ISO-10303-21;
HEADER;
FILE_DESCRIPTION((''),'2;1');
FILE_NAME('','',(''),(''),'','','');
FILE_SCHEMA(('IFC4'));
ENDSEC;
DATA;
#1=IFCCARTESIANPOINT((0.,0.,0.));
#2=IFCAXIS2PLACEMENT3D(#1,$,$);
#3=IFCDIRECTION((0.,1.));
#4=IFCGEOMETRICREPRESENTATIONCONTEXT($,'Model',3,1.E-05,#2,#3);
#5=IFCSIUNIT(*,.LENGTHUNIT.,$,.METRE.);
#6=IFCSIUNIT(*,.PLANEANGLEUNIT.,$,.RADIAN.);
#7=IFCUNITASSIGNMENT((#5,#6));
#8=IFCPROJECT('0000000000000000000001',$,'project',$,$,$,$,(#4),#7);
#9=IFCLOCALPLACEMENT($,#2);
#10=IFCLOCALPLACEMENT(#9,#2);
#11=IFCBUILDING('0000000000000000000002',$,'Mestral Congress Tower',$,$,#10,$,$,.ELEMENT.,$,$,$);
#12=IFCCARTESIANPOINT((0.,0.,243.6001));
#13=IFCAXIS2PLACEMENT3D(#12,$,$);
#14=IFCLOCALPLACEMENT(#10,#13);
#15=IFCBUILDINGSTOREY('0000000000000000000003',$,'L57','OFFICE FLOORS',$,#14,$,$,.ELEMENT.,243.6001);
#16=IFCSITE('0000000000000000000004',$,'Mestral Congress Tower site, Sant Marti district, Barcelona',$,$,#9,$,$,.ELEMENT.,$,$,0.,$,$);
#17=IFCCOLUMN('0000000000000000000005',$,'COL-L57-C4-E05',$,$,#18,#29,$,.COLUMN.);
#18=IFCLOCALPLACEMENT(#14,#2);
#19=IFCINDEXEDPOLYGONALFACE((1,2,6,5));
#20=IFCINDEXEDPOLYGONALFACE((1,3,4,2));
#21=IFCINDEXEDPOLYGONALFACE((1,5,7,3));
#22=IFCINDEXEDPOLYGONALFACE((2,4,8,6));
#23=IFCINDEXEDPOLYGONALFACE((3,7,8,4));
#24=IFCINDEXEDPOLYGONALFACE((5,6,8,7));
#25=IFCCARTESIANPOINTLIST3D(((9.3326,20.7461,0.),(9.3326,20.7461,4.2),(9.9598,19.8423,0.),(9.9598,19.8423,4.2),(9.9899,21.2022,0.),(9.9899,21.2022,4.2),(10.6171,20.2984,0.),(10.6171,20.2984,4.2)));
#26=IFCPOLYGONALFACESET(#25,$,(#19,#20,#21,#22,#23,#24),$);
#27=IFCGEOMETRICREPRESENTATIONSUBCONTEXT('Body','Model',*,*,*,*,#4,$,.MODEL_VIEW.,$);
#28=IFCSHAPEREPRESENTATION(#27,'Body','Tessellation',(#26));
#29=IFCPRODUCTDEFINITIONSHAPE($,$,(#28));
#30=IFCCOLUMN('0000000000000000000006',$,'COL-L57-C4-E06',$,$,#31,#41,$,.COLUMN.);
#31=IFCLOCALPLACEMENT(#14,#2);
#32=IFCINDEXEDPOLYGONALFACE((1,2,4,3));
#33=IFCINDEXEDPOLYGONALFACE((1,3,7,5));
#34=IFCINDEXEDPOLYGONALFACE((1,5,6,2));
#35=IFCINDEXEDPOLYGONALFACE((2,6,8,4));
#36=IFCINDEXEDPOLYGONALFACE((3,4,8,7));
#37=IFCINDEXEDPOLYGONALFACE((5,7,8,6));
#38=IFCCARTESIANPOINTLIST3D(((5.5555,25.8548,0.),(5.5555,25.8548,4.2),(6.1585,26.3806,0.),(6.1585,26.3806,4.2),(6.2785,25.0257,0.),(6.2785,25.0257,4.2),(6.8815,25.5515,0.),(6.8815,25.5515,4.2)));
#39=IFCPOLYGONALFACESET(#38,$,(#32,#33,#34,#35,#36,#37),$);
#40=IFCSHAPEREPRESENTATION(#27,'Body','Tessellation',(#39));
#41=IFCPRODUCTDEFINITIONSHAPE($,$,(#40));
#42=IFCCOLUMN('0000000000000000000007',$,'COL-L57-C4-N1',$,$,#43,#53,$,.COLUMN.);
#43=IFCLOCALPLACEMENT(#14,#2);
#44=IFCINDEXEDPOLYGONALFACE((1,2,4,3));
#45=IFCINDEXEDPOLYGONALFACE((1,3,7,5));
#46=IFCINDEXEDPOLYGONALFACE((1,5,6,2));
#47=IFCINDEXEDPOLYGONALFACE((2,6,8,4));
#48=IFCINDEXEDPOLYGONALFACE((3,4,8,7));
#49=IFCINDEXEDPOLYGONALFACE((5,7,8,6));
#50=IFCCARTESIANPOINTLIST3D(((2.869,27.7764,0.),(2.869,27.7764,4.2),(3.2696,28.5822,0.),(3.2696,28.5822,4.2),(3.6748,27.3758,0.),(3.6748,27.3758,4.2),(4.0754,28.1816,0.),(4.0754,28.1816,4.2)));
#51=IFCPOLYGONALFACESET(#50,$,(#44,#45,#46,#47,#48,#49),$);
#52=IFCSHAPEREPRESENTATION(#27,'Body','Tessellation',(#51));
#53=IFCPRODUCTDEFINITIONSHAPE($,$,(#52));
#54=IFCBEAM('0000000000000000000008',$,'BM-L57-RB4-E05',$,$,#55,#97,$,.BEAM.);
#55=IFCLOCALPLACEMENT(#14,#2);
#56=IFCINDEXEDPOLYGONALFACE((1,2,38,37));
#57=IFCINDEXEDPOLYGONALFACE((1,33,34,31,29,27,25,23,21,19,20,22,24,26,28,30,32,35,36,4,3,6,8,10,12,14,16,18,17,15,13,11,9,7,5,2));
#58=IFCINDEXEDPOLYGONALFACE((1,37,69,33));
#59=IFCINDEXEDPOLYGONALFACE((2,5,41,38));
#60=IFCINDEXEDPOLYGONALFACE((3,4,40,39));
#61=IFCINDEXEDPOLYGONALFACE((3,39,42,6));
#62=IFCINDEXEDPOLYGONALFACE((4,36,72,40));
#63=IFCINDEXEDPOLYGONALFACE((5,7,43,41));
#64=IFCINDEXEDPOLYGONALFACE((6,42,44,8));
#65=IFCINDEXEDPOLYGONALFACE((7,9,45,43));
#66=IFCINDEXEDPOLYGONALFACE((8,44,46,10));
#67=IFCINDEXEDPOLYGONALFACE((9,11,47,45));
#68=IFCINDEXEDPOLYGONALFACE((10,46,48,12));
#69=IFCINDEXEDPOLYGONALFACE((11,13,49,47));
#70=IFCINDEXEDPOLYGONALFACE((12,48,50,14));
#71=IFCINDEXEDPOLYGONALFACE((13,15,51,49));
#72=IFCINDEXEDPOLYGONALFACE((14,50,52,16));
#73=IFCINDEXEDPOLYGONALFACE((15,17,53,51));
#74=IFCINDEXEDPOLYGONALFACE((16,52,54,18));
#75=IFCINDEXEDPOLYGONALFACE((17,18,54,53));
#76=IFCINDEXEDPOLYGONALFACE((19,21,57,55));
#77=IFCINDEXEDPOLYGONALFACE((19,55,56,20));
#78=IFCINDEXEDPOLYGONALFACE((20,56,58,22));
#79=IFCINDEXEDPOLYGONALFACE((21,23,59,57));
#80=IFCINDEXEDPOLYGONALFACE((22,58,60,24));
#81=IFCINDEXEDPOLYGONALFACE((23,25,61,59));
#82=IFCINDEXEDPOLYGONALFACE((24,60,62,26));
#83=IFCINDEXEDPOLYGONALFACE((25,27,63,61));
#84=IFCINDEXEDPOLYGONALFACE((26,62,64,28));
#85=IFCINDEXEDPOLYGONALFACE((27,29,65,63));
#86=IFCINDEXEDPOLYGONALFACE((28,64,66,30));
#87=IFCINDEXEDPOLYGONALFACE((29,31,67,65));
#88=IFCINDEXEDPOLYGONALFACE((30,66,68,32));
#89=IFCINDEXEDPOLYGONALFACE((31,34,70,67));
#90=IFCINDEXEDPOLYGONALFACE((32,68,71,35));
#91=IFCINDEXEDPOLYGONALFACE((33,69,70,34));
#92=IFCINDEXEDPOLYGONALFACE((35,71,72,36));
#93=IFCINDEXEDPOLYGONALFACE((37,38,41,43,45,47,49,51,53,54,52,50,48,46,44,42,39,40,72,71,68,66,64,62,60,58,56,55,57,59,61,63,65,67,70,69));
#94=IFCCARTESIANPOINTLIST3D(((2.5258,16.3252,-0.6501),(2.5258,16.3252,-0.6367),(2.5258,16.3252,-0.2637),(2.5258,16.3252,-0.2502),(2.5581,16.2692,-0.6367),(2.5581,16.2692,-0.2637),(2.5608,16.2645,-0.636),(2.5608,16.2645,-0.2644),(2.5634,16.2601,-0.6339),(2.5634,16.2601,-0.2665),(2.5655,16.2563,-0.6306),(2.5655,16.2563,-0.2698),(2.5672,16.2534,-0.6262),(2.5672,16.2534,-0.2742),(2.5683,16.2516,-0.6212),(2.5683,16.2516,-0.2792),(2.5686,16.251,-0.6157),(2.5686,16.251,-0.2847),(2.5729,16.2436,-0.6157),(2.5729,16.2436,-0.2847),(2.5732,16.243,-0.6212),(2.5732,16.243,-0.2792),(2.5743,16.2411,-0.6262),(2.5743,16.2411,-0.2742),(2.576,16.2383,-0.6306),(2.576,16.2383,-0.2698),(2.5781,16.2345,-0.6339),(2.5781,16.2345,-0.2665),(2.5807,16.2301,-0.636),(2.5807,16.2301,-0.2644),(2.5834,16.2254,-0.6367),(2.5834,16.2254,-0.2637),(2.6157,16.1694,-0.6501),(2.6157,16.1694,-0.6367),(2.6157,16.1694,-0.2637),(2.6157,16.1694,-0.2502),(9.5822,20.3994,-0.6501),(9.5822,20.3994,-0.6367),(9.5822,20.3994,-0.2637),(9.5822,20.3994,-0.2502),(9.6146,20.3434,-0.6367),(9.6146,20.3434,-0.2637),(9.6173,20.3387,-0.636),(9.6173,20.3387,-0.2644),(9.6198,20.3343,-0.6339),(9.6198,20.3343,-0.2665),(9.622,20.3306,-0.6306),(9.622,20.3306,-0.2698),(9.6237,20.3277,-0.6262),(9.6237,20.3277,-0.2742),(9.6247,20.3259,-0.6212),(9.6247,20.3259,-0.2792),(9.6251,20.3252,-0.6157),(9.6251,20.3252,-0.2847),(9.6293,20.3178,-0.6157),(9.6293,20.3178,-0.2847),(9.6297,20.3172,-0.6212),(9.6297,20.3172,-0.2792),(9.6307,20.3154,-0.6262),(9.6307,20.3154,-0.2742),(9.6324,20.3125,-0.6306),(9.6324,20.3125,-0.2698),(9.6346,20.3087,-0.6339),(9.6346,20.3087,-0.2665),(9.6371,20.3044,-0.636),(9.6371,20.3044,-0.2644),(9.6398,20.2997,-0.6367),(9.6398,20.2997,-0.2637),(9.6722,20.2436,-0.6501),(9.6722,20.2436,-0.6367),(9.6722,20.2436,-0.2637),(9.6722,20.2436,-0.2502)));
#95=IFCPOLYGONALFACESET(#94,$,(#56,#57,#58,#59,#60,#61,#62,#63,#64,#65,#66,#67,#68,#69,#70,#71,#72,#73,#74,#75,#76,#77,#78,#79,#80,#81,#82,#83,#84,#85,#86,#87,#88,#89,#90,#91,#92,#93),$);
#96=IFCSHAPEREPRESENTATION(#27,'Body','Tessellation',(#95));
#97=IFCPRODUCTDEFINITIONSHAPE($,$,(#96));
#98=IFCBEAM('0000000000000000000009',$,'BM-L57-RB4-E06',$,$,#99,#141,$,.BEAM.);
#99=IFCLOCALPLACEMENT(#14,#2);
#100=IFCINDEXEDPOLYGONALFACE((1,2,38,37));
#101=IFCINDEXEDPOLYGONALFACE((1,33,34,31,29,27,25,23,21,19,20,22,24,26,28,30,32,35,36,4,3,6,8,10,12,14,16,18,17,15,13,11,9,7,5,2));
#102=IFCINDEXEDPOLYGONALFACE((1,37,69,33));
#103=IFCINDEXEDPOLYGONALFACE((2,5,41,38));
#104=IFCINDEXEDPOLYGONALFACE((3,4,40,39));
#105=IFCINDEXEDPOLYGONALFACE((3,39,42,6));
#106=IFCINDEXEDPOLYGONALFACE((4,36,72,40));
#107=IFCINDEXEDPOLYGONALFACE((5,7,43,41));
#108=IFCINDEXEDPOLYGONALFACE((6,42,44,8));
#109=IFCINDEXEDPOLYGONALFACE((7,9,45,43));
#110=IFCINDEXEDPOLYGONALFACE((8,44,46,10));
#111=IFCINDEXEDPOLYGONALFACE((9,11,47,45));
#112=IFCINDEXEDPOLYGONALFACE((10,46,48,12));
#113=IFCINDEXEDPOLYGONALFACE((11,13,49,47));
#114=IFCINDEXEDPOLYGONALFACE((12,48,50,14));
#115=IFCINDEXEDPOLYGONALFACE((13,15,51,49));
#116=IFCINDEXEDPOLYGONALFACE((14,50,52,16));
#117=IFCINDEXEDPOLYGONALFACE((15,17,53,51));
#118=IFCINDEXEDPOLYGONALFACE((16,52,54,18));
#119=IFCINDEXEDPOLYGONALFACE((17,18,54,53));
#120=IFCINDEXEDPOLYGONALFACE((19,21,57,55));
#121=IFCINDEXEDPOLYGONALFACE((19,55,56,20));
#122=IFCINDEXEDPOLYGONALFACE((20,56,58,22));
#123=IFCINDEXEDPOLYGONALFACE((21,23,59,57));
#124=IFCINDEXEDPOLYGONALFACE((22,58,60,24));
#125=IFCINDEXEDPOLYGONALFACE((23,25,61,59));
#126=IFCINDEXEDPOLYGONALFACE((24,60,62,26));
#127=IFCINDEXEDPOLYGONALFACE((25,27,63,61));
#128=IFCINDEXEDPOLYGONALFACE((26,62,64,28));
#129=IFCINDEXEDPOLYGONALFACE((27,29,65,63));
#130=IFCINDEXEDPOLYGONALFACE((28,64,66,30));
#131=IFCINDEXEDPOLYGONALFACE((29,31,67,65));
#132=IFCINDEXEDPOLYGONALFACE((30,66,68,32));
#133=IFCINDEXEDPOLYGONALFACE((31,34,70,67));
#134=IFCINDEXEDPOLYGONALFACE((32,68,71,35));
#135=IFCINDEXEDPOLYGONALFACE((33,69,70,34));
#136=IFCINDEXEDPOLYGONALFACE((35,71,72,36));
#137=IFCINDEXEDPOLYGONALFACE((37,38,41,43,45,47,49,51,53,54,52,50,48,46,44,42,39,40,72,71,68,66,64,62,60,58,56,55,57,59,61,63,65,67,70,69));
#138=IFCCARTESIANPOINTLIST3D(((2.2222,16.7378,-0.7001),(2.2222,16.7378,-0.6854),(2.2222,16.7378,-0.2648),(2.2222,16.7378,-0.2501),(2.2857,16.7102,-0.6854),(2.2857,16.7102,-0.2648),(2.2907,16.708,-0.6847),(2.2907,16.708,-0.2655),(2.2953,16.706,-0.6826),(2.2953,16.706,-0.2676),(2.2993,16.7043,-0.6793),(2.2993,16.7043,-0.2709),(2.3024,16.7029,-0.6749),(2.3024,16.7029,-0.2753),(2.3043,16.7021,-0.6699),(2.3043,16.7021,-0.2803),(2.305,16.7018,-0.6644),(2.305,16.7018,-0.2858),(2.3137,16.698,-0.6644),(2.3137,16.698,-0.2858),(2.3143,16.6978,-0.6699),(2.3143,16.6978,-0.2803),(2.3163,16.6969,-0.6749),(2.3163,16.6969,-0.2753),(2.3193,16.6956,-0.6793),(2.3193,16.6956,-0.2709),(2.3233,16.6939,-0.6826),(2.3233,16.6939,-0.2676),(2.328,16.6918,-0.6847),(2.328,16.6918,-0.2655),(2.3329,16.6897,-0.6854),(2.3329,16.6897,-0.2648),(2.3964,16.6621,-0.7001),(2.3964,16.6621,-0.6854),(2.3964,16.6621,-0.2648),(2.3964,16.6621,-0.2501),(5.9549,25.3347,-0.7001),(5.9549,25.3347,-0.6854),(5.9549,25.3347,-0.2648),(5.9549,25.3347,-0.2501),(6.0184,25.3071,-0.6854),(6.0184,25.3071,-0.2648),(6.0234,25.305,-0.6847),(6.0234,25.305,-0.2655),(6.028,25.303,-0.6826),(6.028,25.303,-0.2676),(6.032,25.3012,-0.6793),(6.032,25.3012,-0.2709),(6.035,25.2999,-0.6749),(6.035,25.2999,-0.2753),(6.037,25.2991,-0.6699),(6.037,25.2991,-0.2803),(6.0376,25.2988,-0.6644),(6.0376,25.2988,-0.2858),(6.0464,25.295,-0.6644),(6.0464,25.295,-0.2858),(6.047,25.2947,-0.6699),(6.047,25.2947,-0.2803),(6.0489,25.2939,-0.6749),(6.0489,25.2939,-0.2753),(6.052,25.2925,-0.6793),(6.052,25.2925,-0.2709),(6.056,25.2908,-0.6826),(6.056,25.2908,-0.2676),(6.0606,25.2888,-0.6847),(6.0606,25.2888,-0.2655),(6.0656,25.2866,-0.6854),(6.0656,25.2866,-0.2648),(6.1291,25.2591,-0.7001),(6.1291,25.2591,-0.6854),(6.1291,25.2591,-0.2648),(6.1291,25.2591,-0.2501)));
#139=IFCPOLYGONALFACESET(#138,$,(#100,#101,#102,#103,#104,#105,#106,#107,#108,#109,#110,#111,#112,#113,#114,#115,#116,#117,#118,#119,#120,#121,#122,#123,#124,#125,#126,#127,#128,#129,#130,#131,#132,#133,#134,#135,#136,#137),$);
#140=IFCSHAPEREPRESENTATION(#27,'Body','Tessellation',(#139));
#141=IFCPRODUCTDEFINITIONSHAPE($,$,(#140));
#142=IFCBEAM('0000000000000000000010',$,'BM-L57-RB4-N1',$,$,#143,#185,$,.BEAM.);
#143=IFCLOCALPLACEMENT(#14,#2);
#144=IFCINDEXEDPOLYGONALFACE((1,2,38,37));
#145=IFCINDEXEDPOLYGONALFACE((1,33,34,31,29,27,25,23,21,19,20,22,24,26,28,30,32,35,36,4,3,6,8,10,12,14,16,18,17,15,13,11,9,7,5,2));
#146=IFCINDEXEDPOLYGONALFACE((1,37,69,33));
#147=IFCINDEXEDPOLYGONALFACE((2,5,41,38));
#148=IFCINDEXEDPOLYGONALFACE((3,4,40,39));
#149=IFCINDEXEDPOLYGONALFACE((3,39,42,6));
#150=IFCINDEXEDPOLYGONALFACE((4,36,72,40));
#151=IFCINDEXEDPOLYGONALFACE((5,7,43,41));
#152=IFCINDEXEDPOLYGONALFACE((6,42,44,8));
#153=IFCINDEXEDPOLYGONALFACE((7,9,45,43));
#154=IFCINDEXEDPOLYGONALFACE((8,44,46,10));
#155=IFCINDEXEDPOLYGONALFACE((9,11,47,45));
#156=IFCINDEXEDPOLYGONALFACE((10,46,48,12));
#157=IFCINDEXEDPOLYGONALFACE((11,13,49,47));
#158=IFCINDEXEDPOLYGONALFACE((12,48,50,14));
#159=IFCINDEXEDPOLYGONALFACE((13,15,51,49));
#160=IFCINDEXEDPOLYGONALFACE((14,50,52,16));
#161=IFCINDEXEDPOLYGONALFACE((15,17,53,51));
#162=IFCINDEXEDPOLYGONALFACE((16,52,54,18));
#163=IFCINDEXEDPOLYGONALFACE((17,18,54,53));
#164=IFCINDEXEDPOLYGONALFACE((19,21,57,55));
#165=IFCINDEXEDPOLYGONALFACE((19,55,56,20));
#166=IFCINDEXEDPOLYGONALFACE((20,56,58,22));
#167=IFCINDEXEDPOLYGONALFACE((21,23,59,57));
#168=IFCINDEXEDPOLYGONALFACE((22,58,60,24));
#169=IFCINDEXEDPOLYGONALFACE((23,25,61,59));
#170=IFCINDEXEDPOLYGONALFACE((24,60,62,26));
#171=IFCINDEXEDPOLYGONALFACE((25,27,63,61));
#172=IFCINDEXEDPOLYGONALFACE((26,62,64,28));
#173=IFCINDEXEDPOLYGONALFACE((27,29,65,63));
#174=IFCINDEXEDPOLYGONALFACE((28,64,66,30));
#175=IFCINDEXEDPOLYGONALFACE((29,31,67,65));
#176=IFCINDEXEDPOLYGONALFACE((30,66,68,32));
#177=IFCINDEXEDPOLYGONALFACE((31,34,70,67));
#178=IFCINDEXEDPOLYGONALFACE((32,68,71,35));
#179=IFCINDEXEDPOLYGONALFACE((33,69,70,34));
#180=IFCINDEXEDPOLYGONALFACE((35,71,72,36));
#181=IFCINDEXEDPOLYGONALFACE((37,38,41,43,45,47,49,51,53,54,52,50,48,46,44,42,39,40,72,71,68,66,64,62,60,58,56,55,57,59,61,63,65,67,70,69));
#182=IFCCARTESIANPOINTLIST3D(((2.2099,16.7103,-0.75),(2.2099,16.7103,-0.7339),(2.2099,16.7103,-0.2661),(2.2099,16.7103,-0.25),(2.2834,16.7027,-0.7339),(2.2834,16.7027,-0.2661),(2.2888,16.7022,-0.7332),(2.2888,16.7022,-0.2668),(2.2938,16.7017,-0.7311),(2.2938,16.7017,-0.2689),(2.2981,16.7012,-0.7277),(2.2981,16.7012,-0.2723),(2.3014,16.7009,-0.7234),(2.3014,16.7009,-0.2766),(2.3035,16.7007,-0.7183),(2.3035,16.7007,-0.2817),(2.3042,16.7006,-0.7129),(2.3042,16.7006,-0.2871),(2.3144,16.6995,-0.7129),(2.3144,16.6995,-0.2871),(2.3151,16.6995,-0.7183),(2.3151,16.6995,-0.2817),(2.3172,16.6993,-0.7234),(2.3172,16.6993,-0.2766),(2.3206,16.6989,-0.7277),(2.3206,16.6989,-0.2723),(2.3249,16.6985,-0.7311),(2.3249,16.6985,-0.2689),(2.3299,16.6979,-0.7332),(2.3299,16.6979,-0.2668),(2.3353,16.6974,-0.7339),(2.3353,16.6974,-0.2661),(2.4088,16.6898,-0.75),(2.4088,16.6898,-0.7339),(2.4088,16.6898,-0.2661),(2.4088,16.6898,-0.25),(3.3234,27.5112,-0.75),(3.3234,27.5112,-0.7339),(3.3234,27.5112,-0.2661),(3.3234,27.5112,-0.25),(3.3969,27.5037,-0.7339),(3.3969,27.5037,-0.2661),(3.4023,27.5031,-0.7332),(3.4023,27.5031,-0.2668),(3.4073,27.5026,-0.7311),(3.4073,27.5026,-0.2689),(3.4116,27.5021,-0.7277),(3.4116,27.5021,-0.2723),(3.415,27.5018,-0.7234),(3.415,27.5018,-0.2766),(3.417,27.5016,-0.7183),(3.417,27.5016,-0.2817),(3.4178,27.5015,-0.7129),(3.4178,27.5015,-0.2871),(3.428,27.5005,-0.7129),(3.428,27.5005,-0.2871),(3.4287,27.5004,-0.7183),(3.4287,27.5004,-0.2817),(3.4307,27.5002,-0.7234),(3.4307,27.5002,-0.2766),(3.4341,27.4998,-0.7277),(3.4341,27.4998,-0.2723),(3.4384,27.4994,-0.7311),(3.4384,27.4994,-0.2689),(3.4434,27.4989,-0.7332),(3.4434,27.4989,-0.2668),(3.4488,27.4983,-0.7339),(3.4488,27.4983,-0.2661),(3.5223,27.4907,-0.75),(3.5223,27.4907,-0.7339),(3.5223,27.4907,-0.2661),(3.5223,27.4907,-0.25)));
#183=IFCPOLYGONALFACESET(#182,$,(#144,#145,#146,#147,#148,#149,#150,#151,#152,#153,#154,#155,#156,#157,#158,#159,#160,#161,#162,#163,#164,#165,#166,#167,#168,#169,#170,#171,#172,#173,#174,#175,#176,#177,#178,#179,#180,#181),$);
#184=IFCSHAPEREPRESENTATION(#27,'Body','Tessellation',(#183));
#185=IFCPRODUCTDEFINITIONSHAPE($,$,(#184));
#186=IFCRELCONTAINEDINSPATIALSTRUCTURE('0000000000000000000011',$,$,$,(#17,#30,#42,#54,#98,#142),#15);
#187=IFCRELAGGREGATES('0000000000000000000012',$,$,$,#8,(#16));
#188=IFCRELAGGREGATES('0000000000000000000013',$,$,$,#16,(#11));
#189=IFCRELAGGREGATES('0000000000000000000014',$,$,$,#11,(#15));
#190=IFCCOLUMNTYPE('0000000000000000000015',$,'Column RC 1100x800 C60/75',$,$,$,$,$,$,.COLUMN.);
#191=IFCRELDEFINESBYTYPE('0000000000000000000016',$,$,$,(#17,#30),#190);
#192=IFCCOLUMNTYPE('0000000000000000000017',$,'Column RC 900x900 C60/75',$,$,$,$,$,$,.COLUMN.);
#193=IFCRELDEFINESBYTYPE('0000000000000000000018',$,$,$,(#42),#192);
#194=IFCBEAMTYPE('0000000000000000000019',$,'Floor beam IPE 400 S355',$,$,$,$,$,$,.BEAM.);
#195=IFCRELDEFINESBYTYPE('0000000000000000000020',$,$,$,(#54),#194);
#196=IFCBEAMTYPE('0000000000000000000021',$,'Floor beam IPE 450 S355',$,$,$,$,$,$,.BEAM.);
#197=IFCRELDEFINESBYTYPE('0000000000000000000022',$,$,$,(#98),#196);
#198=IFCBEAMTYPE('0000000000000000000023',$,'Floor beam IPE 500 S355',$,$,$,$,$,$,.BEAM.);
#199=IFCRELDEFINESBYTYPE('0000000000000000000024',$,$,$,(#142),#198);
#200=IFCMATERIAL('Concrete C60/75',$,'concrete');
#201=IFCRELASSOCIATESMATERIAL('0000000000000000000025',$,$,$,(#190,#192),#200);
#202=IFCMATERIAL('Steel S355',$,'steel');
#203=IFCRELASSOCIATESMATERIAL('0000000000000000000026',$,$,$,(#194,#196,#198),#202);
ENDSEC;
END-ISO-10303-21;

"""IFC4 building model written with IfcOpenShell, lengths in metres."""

from ifc_helpers import new_model, si_unit, direction, frame, origin, origin_2d, place, context, subcontext, project, spatial, rectangle, i_section, extrude, material, material_profile, profile_set, type_object, element, save


model = new_model("IFC4")

# Units and contexts
model_context = context("Model", 3, precision=1e-05, world=origin(), true_north=direction((0.0, 1.0)))
body_context = subcontext(model_context, "Body", "Model", "MODEL_VIEW")
ifc_project = project(units=[si_unit("LENGTHUNIT", "METRE"), si_unit("PLANEANGLEUNIT", "RADIAN")], contexts=[model_context])

# Site, building, storey
site_placement = place(None, origin())
site = spatial("IfcSite", under=ifc_project, at=site_placement, Name="Mestral Congress Tower site, Sant Marti district, Barcelona", CompositionType="ELEMENT", RefElevation=0.0)
building_placement = place(site_placement, origin())
building = spatial("IfcBuilding", under=site, at=building_placement, Name="Mestral Congress Tower", CompositionType="ELEMENT")
storey_placement = place(building_placement, frame((0.0, 0.0, 243.6001)))
storey = spatial("IfcBuildingStorey", under=building, at=storey_placement, Name="L57", Description="OFFICE FLOORS", CompositionType="ELEMENT", Elevation=243.6001)

# Columns
ifc_material_1 = material(Name="Concrete C60/75", Category="concrete")
ifc_material_profile_1 = material_profile(ifc_material_1, rectangle(XDim=1.1001, YDim=0.8, at=origin_2d()), Name="RC 1100x800")
ifc_profile_set_1 = profile_set([ifc_material_profile_1], Name="Concrete C60/75")
column_type_1 = type_object("IfcColumnType", Name="Column RC 1100x800 C60/75", PredefinedType="COLUMN", material=ifc_profile_set_1)
for number, where, z_axis, x_axis, name in (
    (1, (9.9749, 20.5222, 0.0), (0.0, 0.0, 1.0), (-0.570084, 0.821586, 0.0), "COL-L57-C4-E05"),
    (2, (6.2185, 25.7031, 0.0), (0.0, 0.0, 1.0), (-0.65725, 0.753672, 0.0), "COL-L57-C4-E06"),
):
    element("IfcColumn", number, at=place(storey_placement, frame(where, z_axis=z_axis, x_axis=x_axis)), inside=storey, type_object=column_type_1, Name=name, PredefinedType="COLUMN", context=body_context, shape_type="SweptSolid", body=[
        extrude(rectangle(XDim=1.1001, YDim=0.8, at=origin_2d()), origin(), (0.0, 0.0, 1.0), 4.2),
    ])
ifc_material_profile_2 = material_profile(ifc_material_1, rectangle(XDim=0.8999, YDim=0.8999, at=origin_2d()), Name="RC 900x900")
ifc_profile_set_2 = profile_set([ifc_material_profile_2], Name="Concrete C60/75")
column_type_2 = type_object("IfcColumnType", Name="Column RC 900x900 C60/75", PredefinedType="COLUMN", material=ifc_profile_set_2)
column_placement = place(storey_placement, frame((3.4722, 27.979, 0.0), z_axis=(0.0, 0.0, 1.0), x_axis=(-0.895456, 0.445149, 0.0)))
element("IfcColumn", 3, at=column_placement, inside=storey, type_object=column_type_2, Name="COL-L57-C4-N1", PredefinedType="COLUMN", context=body_context, shape_type="SweptSolid", body=[
    extrude(rectangle(XDim=0.8999, YDim=0.8999, at=origin_2d()), origin(), (0.0, 0.0, 1.0), 4.2),
])

# Beams
ifc_material_2 = material(Name="Steel S355", Category="steel")
ifc_material_profile_3 = material_profile(ifc_material_2, i_section(OverallWidth=0.1799, OverallDepth=0.3999, WebThickness=0.0085, FlangeThickness=0.0134, FilletRadius=0.021, at=origin_2d()), Name="IPE 400")
ifc_profile_set_3 = profile_set([ifc_material_profile_3], Name="Steel S355")
beam_type_1 = type_object("IfcBeamType", Name="Floor beam IPE 400 S355", PredefinedType="BEAM", material=ifc_profile_set_3)
beam_1_placement = place(storey_placement, frame((9.6272, 20.3215, -0.4502), z_axis=(-0.866014, -0.500019, 0.0), x_axis=(0.500019, -0.866014, 0.0)))
element("IfcBeam", 4, at=beam_1_placement, inside=storey, type_object=beam_type_1, Name="BM-L57-RB4-E05", PredefinedType="BEAM", context=body_context, shape_type="SweptSolid", body=[
    extrude(i_section(OverallWidth=0.1799, OverallDepth=0.3999, WebThickness=0.0085, FlangeThickness=0.0134, FilletRadius=0.021, at=origin_2d()), origin(), (0.0, 0.0, 1.0), 8.1482),
])
ifc_material_profile_4 = material_profile(ifc_material_2, i_section(OverallWidth=0.1899, OverallDepth=0.45, WebThickness=0.0095, FlangeThickness=0.0146, FilletRadius=0.021, at=origin_2d()), Name="IPE 450")
ifc_profile_set_4 = profile_set([ifc_material_profile_4], Name="Steel S355")
beam_type_2 = type_object("IfcBeamType", Name="Floor beam IPE 450 S355", PredefinedType="BEAM", material=ifc_profile_set_4)
beam_2_placement = place(storey_placement, frame((6.042, 25.2969, -0.4751), z_axis=(-0.398266, -0.91727, 0.0), x_axis=(0.91727, -0.398266, 0.0)))
element("IfcBeam", 5, at=beam_2_placement, inside=storey, type_object=beam_type_2, Name="BM-L57-RB4-E06", PredefinedType="BEAM", context=body_context, shape_type="SweptSolid", body=[
    extrude(i_section(OverallWidth=0.1899, OverallDepth=0.45, WebThickness=0.0095, FlangeThickness=0.0146, FilletRadius=0.021, at=origin_2d()), origin(), (0.0, 0.0, 1.0), 9.3723),
])
ifc_material_profile_5 = material_profile(ifc_material_2, i_section(OverallWidth=0.2, OverallDepth=0.5, WebThickness=0.0103, FlangeThickness=0.0161, FilletRadius=0.021, at=origin_2d()), Name="IPE 500")
ifc_profile_set_5 = profile_set([ifc_material_profile_5], Name="Steel S355")
beam_type_3 = type_object("IfcBeamType", Name="Floor beam IPE 500 S355", PredefinedType="BEAM", material=ifc_profile_set_5)
beam_3_placement = place(storey_placement, frame((3.4229, 27.501, -0.5), z_axis=(-0.102551, -0.994728, 0.0), x_axis=(0.994728, -0.102551, 0.0)))
element("IfcBeam", 6, at=beam_3_placement, inside=storey, type_object=beam_type_3, Name="BM-L57-RB4-N1", PredefinedType="BEAM", context=body_context, shape_type="SweptSolid", body=[
    extrude(i_section(OverallWidth=0.2, OverallDepth=0.5, WebThickness=0.0103, FlangeThickness=0.0161, FilletRadius=0.021, at=origin_2d()), origin(), (0.0, 0.0, 1.0), 10.8582),
])

save(model, "model.ifc")
